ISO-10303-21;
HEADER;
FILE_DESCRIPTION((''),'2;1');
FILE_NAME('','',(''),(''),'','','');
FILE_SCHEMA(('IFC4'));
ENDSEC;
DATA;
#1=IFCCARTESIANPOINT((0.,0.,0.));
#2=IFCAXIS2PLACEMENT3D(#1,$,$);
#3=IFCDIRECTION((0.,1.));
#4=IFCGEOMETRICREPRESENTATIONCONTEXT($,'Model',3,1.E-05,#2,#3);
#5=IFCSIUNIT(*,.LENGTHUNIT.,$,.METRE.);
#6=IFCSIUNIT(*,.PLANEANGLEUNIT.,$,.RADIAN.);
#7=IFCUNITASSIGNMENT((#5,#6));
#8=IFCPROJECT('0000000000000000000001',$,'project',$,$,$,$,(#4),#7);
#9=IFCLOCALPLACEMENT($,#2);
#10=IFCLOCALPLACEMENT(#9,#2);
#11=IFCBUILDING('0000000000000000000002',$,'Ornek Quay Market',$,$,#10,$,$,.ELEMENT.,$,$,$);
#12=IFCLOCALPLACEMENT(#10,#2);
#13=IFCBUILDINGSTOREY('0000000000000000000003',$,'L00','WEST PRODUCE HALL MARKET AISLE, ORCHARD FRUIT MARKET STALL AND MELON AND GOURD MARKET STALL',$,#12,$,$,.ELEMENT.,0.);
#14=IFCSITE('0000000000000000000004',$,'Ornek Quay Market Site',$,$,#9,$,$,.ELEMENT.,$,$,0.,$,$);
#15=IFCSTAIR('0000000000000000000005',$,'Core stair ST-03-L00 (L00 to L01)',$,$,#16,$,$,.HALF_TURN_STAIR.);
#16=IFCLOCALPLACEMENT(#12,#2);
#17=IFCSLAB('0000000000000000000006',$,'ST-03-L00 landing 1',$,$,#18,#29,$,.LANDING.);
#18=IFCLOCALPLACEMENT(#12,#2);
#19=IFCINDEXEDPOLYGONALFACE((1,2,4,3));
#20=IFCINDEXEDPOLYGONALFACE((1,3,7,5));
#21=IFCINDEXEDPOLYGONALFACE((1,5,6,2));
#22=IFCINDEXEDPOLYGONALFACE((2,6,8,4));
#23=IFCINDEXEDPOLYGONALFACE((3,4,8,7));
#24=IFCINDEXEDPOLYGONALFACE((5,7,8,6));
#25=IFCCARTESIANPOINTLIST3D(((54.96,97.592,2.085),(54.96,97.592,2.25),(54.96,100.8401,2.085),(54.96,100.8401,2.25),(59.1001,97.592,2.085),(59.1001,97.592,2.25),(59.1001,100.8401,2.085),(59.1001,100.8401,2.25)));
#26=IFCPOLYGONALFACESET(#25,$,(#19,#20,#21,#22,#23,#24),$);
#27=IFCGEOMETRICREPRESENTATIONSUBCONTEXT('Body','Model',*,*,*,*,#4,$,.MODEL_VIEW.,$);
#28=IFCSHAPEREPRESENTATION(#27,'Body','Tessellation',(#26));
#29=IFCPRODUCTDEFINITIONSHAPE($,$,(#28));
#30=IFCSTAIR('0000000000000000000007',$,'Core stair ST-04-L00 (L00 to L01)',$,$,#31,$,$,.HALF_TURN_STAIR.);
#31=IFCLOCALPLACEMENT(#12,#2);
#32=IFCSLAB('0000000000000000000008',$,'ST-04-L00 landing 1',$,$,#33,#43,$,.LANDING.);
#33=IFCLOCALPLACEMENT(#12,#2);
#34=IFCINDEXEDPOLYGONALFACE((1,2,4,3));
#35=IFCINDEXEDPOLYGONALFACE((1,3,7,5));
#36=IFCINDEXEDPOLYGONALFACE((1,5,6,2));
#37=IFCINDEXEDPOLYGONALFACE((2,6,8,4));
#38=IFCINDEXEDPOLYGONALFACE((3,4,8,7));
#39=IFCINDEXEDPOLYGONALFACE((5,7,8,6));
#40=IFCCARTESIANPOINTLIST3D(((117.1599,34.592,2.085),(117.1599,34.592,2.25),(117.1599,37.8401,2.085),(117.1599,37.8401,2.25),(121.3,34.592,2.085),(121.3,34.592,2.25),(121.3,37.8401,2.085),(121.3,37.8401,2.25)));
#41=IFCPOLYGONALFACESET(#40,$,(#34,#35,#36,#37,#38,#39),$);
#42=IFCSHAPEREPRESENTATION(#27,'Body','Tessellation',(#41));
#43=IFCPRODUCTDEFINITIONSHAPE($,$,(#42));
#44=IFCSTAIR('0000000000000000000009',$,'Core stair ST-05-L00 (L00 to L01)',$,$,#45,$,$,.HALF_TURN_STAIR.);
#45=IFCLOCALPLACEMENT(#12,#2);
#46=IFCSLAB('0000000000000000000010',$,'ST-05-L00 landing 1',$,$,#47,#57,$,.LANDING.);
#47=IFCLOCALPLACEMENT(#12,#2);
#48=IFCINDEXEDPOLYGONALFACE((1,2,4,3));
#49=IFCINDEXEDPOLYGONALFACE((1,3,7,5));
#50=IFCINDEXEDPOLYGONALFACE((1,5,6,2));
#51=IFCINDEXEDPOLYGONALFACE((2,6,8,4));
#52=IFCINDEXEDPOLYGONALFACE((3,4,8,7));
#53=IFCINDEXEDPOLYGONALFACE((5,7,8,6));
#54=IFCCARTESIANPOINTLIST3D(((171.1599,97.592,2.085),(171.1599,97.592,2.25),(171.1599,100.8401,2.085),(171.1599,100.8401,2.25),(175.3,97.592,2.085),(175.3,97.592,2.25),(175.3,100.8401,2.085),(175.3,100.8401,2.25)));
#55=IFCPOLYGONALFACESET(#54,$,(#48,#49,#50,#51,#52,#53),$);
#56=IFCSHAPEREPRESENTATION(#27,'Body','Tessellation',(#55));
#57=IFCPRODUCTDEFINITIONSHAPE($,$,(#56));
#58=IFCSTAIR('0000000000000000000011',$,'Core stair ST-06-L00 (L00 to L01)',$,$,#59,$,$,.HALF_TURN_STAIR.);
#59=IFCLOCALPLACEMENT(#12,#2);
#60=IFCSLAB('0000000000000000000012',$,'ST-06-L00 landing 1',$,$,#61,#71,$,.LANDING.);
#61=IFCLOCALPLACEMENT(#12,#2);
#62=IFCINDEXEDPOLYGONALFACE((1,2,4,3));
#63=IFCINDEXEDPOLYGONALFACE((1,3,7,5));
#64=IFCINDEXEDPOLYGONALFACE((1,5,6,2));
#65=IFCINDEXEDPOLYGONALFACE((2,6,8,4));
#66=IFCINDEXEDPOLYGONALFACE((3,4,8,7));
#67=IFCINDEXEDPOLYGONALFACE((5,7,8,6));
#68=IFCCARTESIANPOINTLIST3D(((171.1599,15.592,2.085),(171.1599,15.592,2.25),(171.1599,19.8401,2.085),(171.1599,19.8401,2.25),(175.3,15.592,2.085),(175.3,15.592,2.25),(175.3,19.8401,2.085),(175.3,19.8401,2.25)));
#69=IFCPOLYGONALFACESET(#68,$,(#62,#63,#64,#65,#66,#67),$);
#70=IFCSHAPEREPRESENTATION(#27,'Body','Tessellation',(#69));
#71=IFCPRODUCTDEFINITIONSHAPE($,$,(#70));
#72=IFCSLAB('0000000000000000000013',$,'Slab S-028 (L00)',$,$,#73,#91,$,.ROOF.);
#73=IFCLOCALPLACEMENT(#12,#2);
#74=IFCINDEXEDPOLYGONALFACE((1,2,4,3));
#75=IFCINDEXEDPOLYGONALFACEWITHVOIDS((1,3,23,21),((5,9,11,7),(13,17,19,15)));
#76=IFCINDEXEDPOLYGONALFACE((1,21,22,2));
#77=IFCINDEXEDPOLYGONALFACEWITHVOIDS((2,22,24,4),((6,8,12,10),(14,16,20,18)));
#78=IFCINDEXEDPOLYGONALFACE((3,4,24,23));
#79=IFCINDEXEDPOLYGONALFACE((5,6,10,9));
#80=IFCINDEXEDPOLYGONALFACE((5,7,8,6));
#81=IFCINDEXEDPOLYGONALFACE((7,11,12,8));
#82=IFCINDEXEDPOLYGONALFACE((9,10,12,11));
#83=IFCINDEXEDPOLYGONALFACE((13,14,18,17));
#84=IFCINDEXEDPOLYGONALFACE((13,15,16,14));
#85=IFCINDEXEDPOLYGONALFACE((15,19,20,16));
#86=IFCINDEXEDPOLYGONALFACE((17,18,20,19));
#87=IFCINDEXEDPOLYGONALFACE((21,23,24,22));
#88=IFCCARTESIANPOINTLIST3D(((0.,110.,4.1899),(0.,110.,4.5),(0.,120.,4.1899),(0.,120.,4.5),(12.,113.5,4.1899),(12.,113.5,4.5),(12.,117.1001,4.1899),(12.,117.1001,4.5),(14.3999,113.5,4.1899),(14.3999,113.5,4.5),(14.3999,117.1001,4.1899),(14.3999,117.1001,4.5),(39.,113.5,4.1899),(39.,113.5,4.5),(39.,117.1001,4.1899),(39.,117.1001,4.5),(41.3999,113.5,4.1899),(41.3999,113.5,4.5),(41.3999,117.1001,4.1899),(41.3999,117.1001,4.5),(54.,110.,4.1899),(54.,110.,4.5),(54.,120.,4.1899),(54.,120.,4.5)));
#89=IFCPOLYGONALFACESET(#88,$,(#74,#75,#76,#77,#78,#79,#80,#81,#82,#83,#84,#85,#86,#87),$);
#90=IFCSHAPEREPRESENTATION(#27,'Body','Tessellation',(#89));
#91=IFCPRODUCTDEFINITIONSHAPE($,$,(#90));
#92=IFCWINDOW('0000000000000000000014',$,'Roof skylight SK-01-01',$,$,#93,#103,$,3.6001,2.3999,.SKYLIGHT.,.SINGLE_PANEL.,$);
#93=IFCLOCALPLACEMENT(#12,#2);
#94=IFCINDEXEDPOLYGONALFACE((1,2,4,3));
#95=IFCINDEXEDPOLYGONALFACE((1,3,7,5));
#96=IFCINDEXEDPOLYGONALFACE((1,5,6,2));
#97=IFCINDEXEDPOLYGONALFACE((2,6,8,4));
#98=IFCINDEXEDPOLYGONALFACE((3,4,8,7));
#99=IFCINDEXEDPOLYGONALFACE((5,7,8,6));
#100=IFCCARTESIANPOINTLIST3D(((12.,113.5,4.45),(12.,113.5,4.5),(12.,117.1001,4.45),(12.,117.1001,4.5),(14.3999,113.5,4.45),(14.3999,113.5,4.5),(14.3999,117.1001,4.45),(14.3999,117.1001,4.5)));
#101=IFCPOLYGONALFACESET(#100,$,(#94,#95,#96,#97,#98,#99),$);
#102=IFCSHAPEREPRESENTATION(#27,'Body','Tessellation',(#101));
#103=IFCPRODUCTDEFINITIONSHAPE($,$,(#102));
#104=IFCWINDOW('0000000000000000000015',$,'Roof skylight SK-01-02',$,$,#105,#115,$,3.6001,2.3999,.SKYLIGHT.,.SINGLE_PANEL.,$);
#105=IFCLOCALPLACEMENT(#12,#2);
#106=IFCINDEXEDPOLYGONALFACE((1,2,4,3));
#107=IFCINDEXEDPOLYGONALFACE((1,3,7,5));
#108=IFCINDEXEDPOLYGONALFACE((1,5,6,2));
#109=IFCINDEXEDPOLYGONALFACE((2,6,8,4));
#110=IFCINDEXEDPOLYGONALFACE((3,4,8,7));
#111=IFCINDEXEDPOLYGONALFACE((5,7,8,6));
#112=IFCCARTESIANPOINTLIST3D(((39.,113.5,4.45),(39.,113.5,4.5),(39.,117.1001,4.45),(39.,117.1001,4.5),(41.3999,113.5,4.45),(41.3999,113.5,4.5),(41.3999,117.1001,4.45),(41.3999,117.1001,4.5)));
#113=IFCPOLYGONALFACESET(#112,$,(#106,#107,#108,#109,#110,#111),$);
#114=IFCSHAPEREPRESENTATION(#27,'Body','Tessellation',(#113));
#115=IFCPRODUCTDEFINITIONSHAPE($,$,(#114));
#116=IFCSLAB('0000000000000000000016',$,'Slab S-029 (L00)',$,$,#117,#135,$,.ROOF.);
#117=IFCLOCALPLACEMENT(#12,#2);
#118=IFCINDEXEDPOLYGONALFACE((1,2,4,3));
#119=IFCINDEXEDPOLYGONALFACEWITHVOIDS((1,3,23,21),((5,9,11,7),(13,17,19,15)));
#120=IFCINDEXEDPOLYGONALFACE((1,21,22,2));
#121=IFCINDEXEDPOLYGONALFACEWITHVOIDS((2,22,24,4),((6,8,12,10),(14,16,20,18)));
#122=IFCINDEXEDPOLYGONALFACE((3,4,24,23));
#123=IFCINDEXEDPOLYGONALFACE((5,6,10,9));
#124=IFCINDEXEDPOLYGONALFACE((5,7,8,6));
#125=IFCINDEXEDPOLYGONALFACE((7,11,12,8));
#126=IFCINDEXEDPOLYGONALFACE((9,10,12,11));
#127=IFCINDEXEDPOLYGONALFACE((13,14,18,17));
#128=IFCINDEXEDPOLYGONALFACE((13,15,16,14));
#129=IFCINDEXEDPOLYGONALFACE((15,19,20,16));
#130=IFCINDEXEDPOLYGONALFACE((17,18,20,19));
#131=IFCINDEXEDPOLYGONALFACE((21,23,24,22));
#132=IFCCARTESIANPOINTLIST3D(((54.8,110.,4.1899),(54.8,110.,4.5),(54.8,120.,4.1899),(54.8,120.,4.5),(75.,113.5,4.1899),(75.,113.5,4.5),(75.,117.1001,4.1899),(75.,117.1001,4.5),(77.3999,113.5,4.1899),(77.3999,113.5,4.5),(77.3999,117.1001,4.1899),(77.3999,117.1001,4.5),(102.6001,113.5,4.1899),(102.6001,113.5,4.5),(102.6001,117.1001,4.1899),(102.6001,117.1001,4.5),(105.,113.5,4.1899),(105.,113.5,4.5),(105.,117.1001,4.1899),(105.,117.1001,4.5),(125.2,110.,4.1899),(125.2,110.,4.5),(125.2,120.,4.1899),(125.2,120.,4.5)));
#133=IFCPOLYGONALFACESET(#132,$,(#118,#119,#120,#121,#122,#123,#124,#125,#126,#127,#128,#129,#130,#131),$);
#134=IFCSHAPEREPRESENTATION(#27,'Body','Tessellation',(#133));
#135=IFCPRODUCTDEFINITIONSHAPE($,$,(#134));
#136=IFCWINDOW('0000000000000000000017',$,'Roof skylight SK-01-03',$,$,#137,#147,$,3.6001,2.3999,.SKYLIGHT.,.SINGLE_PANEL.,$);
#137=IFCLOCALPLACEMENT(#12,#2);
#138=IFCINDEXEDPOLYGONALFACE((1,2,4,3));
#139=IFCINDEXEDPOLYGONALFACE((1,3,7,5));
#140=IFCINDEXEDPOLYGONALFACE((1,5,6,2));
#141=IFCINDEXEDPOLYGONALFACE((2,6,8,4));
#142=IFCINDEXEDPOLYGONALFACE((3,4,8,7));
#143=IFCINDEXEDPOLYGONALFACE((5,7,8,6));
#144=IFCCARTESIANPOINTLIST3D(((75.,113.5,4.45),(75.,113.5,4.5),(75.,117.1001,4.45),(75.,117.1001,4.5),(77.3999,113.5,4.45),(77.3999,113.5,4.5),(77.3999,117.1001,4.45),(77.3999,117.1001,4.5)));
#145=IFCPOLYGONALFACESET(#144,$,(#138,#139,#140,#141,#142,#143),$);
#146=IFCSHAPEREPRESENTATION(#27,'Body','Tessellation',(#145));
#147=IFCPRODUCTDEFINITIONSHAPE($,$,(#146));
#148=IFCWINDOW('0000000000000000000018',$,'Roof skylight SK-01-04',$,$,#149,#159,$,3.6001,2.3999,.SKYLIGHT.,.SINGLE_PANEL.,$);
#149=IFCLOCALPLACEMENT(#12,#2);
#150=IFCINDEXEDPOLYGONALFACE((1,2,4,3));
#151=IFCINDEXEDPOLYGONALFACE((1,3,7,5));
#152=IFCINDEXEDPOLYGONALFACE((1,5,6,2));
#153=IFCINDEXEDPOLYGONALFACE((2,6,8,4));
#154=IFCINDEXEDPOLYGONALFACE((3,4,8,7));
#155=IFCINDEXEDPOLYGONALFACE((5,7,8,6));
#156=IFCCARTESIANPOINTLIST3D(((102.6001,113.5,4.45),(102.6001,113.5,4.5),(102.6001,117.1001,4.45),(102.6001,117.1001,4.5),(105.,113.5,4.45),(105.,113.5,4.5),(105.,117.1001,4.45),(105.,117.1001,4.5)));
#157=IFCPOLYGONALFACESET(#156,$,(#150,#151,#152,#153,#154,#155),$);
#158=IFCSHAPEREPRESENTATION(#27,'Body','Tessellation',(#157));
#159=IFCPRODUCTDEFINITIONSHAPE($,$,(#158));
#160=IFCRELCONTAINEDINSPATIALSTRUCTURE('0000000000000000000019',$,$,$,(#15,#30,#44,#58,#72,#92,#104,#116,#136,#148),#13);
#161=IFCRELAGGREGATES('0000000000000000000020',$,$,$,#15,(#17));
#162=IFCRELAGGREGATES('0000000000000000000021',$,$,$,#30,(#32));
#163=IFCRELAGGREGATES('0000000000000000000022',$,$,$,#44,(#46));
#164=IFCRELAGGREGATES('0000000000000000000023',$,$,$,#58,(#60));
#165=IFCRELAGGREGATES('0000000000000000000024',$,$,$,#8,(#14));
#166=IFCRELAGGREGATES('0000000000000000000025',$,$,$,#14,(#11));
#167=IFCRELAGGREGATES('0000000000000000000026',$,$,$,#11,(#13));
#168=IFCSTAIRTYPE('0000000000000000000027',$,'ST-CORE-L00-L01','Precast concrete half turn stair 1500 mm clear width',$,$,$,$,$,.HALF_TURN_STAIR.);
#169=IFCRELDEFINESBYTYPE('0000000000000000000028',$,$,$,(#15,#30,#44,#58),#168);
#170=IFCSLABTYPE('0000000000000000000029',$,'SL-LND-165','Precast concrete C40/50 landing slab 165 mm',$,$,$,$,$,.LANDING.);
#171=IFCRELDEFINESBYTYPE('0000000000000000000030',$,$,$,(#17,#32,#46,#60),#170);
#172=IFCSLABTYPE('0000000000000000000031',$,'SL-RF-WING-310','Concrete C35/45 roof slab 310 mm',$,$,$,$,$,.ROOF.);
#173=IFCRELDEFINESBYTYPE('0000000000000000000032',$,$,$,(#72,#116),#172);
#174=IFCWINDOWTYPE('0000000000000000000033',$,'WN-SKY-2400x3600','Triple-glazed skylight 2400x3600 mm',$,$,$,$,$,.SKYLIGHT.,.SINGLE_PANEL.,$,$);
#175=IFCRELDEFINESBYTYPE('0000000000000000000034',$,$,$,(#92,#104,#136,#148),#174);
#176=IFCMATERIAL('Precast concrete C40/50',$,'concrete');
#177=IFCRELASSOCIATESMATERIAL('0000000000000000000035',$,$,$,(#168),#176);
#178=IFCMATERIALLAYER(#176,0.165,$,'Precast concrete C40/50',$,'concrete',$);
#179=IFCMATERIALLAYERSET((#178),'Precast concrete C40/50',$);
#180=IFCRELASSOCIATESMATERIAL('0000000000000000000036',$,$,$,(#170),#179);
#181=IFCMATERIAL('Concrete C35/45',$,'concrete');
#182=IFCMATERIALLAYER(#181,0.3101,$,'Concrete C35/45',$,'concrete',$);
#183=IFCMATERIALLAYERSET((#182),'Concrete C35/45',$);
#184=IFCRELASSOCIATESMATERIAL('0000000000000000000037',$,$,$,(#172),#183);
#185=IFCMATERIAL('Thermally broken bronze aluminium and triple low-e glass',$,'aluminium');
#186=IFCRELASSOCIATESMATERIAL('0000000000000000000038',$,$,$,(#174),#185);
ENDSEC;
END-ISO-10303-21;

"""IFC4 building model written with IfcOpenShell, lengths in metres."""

from ifc_helpers import new_model, si_unit, direction, frame, origin, origin_2d, place, context, subcontext, project, spatial, polyline, rectangle, outline, extrude, material, layer, layer_set, type_object, element, fill, aggregate, save


model = new_model("IFC4")

# Units and contexts
model_context = context("Model", 3, precision=1e-05, world=origin(), true_north=direction((0.0, 1.0)))
body_context = subcontext(model_context, "Body", "Model", "MODEL_VIEW")
ifc_project = project(units=[si_unit("LENGTHUNIT", "METRE"), si_unit("PLANEANGLEUNIT", "RADIAN")], contexts=[model_context])

# Site, building, storey
site_placement = place(None, origin())
site = spatial("IfcSite", under=ifc_project, at=site_placement, Name="Ornek Quay Market Site", CompositionType="ELEMENT", RefElevation=0.0)
building_placement = place(site_placement, origin())
building = spatial("IfcBuilding", under=site, at=building_placement, Name="Ornek Quay Market", CompositionType="ELEMENT")
storey_placement = place(building_placement, origin())
storey = spatial("IfcBuildingStorey", under=building, at=storey_placement, Name="L00", Description="WEST PRODUCE HALL MARKET AISLE, ORCHARD FRUIT MARKET STALL AND MELON AND GOURD MARKET STALL", CompositionType="ELEMENT", Elevation=0.0)

# Shared definitions
ifc_material_1 = material(Name="Concrete C35/45", Category="concrete")

# Stairs, slabs
ifc_material_2 = material(Name="Precast concrete C40/50", Category="concrete")
stair_type = type_object("IfcStairType", Name="ST-CORE-L00-L01", Description="Precast concrete half turn stair 1500 mm clear width", PredefinedType="HALF_TURN_STAIR", material=ifc_material_2)
ifc_layer_1 = layer(ifc_material_2, 0.165, Name="Precast concrete C40/50", Category="concrete")
ifc_layer_set_1 = layer_set([ifc_layer_1], Name="Precast concrete C40/50")
slab_type_1 = type_object("IfcSlabType", Name="SL-LND-165", Description="Precast concrete C40/50 landing slab 165 mm", PredefinedType="LANDING", material=ifc_layer_set_1)
stair_1_placement = place(storey_placement, origin())
stair_1 = element("IfcStair", 1, at=stair_1_placement, inside=storey, type_object=stair_type, Name="Core stair ST-03-L00 (L00 to L01)", PredefinedType="HALF_TURN_STAIR")
slab_1_placement = place(storey_placement, frame((0.0, 0.0, 2.085)))
slab_1 = element("IfcSlab", 2, at=slab_1_placement, type_object=slab_type_1, Name="ST-03-L00 landing 1", PredefinedType="LANDING", context=body_context, shape_type="SweptSolid", body=[
    extrude(outline(polyline([(54.96, 97.592), (59.1001, 97.592), (59.1001, 100.8401), (54.96, 100.8401), (54.96, 97.592)])), origin(), (0.0, 0.0, 1.0), 0.165),
])
aggregate(stair_1, [slab_1])
stair_2_placement = place(storey_placement, origin())
stair_2 = element("IfcStair", 3, at=stair_2_placement, inside=storey, type_object=stair_type, Name="Core stair ST-04-L00 (L00 to L01)", PredefinedType="HALF_TURN_STAIR")
slab_2_placement = place(storey_placement, frame((0.0, 0.0, 2.085)))
slab_2 = element("IfcSlab", 4, at=slab_2_placement, type_object=slab_type_1, Name="ST-04-L00 landing 1", PredefinedType="LANDING", context=body_context, shape_type="SweptSolid", body=[
    extrude(outline(polyline([(117.1599, 34.592), (121.3, 34.592), (121.3, 37.8401), (117.1599, 37.8401), (117.1599, 34.592)])), origin(), (0.0, 0.0, 1.0), 0.165),
])
aggregate(stair_2, [slab_2])
stair_3_placement = place(storey_placement, origin())
stair_3 = element("IfcStair", 5, at=stair_3_placement, inside=storey, type_object=stair_type, Name="Core stair ST-05-L00 (L00 to L01)", PredefinedType="HALF_TURN_STAIR")
slab_3_placement = place(storey_placement, frame((0.0, 0.0, 2.085)))
slab_3 = element("IfcSlab", 6, at=slab_3_placement, type_object=slab_type_1, Name="ST-05-L00 landing 1", PredefinedType="LANDING", context=body_context, shape_type="SweptSolid", body=[
    extrude(outline(polyline([(171.1599, 97.592), (175.3, 97.592), (175.3, 100.8401), (171.1599, 100.8401), (171.1599, 97.592)])), origin(), (0.0, 0.0, 1.0), 0.165),
])
aggregate(stair_3, [slab_3])
stair_4_placement = place(storey_placement, origin())
stair_4 = element("IfcStair", 7, at=stair_4_placement, inside=storey, type_object=stair_type, Name="Core stair ST-06-L00 (L00 to L01)", PredefinedType="HALF_TURN_STAIR")
slab_4_placement = place(storey_placement, frame((0.0, 0.0, 2.085)))
slab_4 = element("IfcSlab", 8, at=slab_4_placement, type_object=slab_type_1, Name="ST-06-L00 landing 1", PredefinedType="LANDING", context=body_context, shape_type="SweptSolid", body=[
    extrude(outline(polyline([(171.1599, 15.592), (175.3, 15.592), (175.3, 19.8401), (171.1599, 19.8401), (171.1599, 15.592)])), origin(), (0.0, 0.0, 1.0), 0.165),
])
aggregate(stair_4, [slab_4])

# Slabs, openings, windows
ifc_layer_2 = layer(ifc_material_1, 0.3101, Name="Concrete C35/45", Category="concrete")
ifc_layer_set_2 = layer_set([ifc_layer_2], Name="Concrete C35/45")
slab_type_2 = type_object("IfcSlabType", Name="SL-RF-WING-310", Description="Concrete C35/45 roof slab 310 mm", PredefinedType="ROOF", material=ifc_layer_set_2)
slab_5_placement = place(storey_placement, frame((0.0, 0.0, 4.1899)))
slab_5 = element("IfcSlab", 9, at=slab_5_placement, inside=storey, type_object=slab_type_2, Name="Slab S-028 (L00)", PredefinedType="ROOF", context=body_context, shape_type="SweptSolid", body=[
    extrude(outline(polyline([(0.0, 110.0), (54.0, 110.0), (54.0, 120.0), (0.0, 120.0), (0.0, 110.0)]), holes=[polyline([(14.3999, 117.1001), (14.3999, 113.5), (12.0, 113.5), (12.0, 117.1001), (14.3999, 117.1001)]), polyline([(41.3999, 117.1001), (41.3999, 113.5), (39.0, 113.5), (39.0, 117.1001), (41.3999, 117.1001)])]), origin(), (0.0, 0.0, 1.0), 0.3101),
])
opening_1_placement = place(slab_5_placement, frame((13.2, 115.3, -0.01)))
opening_1 = element("IfcOpeningElement", 10, at=opening_1_placement, cuts=slab_5, PredefinedType="OPENING", context=body_context, shape_type="SweptSolid", body=[
    extrude(rectangle(XDim=2.3999, YDim=3.6001, at=origin_2d()), origin(), (0.0, 0.0, 1.0), 0.3301),
])
opening_2_placement = place(slab_5_placement, frame((40.2, 115.3, -0.01)))
opening_2 = element("IfcOpeningElement", 11, at=opening_2_placement, cuts=slab_5, PredefinedType="OPENING", context=body_context, shape_type="SweptSolid", body=[
    extrude(rectangle(XDim=2.3999, YDim=3.6001, at=origin_2d()), origin(), (0.0, 0.0, 1.0), 0.3301),
])
ifc_material_3 = material(Name="Thermally broken bronze aluminium and triple low-e glass", Category="aluminium")
window_type = type_object("IfcWindowType", Name="WN-SKY-2400x3600", Description="Triple-glazed skylight 2400x3600 mm", PartitioningType="SINGLE_PANEL", PredefinedType="SKYLIGHT", material=ifc_material_3)
window_1_placement = place(opening_1_placement, frame((0.0, 0.0, 0.27)))
window_1 = element("IfcWindow", 12, at=window_1_placement, inside=storey, type_object=window_type, Name="Roof skylight SK-01-01", OverallHeight=3.6001, OverallWidth=2.3999, PartitioningType="SINGLE_PANEL", PredefinedType="SKYLIGHT", context=body_context, shape_type="SweptSolid", body=[
    extrude(rectangle(XDim=2.3999, YDim=3.6001, at=origin_2d()), origin(), (0.0, 0.0, 1.0), 0.05),
])
fill(opening_1, window_1)
window_2_placement = place(opening_2_placement, frame((0.0, 0.0, 0.27)))
window_2 = element("IfcWindow", 13, at=window_2_placement, inside=storey, type_object=window_type, Name="Roof skylight SK-01-02", OverallHeight=3.6001, OverallWidth=2.3999, PartitioningType="SINGLE_PANEL", PredefinedType="SKYLIGHT", context=body_context, shape_type="SweptSolid", body=[
    extrude(rectangle(XDim=2.3999, YDim=3.6001, at=origin_2d()), origin(), (0.0, 0.0, 1.0), 0.05),
])
fill(opening_2, window_2)
slab_6_placement = place(storey_placement, frame((0.0, 0.0, 4.1899)))
slab_6 = element("IfcSlab", 14, at=slab_6_placement, inside=storey, type_object=slab_type_2, Name="Slab S-029 (L00)", PredefinedType="ROOF", context=body_context, shape_type="SweptSolid", body=[
    extrude(outline(polyline([(54.8, 110.0), (125.2, 110.0), (125.2, 120.0), (54.8, 120.0), (54.8, 110.0)]), holes=[polyline([(77.3999, 117.1001), (77.3999, 113.5), (75.0, 113.5), (75.0, 117.1001), (77.3999, 117.1001)]), polyline([(105.0, 117.1001), (105.0, 113.5), (102.6001, 113.5), (102.6001, 117.1001), (105.0, 117.1001)])]), origin(), (0.0, 0.0, 1.0), 0.3101),
])
opening_3_placement = place(slab_6_placement, frame((76.2, 115.3, -0.01)))
opening_3 = element("IfcOpeningElement", 15, at=opening_3_placement, cuts=slab_6, PredefinedType="OPENING", context=body_context, shape_type="SweptSolid", body=[
    extrude(rectangle(XDim=2.3999, YDim=3.6001, at=origin_2d()), origin(), (0.0, 0.0, 1.0), 0.3301),
])
opening_4_placement = place(slab_6_placement, frame((103.8, 115.3, -0.01)))
opening_4 = element("IfcOpeningElement", 16, at=opening_4_placement, cuts=slab_6, PredefinedType="OPENING", context=body_context, shape_type="SweptSolid", body=[
    extrude(rectangle(XDim=2.3999, YDim=3.6001, at=origin_2d()), origin(), (0.0, 0.0, 1.0), 0.3301),
])
window_3_placement = place(opening_3_placement, frame((0.0, 0.0, 0.27)))
window_3 = element("IfcWindow", 17, at=window_3_placement, inside=storey, type_object=window_type, Name="Roof skylight SK-01-03", OverallHeight=3.6001, OverallWidth=2.3999, PartitioningType="SINGLE_PANEL", PredefinedType="SKYLIGHT", context=body_context, shape_type="SweptSolid", body=[
    extrude(rectangle(XDim=2.3999, YDim=3.6001, at=origin_2d()), origin(), (0.0, 0.0, 1.0), 0.05),
])
fill(opening_3, window_3)
window_4_placement = place(opening_4_placement, frame((0.0, 0.0, 0.27)))
window_4 = element("IfcWindow", 18, at=window_4_placement, inside=storey, type_object=window_type, Name="Roof skylight SK-01-04", OverallHeight=3.6001, OverallWidth=2.3999, PartitioningType="SINGLE_PANEL", PredefinedType="SKYLIGHT", context=body_context, shape_type="SweptSolid", body=[
    extrude(rectangle(XDim=2.3999, YDim=3.6001, at=origin_2d()), origin(), (0.0, 0.0, 1.0), 0.05),
])
fill(opening_4, window_4)

save(model, "model.ifc")
